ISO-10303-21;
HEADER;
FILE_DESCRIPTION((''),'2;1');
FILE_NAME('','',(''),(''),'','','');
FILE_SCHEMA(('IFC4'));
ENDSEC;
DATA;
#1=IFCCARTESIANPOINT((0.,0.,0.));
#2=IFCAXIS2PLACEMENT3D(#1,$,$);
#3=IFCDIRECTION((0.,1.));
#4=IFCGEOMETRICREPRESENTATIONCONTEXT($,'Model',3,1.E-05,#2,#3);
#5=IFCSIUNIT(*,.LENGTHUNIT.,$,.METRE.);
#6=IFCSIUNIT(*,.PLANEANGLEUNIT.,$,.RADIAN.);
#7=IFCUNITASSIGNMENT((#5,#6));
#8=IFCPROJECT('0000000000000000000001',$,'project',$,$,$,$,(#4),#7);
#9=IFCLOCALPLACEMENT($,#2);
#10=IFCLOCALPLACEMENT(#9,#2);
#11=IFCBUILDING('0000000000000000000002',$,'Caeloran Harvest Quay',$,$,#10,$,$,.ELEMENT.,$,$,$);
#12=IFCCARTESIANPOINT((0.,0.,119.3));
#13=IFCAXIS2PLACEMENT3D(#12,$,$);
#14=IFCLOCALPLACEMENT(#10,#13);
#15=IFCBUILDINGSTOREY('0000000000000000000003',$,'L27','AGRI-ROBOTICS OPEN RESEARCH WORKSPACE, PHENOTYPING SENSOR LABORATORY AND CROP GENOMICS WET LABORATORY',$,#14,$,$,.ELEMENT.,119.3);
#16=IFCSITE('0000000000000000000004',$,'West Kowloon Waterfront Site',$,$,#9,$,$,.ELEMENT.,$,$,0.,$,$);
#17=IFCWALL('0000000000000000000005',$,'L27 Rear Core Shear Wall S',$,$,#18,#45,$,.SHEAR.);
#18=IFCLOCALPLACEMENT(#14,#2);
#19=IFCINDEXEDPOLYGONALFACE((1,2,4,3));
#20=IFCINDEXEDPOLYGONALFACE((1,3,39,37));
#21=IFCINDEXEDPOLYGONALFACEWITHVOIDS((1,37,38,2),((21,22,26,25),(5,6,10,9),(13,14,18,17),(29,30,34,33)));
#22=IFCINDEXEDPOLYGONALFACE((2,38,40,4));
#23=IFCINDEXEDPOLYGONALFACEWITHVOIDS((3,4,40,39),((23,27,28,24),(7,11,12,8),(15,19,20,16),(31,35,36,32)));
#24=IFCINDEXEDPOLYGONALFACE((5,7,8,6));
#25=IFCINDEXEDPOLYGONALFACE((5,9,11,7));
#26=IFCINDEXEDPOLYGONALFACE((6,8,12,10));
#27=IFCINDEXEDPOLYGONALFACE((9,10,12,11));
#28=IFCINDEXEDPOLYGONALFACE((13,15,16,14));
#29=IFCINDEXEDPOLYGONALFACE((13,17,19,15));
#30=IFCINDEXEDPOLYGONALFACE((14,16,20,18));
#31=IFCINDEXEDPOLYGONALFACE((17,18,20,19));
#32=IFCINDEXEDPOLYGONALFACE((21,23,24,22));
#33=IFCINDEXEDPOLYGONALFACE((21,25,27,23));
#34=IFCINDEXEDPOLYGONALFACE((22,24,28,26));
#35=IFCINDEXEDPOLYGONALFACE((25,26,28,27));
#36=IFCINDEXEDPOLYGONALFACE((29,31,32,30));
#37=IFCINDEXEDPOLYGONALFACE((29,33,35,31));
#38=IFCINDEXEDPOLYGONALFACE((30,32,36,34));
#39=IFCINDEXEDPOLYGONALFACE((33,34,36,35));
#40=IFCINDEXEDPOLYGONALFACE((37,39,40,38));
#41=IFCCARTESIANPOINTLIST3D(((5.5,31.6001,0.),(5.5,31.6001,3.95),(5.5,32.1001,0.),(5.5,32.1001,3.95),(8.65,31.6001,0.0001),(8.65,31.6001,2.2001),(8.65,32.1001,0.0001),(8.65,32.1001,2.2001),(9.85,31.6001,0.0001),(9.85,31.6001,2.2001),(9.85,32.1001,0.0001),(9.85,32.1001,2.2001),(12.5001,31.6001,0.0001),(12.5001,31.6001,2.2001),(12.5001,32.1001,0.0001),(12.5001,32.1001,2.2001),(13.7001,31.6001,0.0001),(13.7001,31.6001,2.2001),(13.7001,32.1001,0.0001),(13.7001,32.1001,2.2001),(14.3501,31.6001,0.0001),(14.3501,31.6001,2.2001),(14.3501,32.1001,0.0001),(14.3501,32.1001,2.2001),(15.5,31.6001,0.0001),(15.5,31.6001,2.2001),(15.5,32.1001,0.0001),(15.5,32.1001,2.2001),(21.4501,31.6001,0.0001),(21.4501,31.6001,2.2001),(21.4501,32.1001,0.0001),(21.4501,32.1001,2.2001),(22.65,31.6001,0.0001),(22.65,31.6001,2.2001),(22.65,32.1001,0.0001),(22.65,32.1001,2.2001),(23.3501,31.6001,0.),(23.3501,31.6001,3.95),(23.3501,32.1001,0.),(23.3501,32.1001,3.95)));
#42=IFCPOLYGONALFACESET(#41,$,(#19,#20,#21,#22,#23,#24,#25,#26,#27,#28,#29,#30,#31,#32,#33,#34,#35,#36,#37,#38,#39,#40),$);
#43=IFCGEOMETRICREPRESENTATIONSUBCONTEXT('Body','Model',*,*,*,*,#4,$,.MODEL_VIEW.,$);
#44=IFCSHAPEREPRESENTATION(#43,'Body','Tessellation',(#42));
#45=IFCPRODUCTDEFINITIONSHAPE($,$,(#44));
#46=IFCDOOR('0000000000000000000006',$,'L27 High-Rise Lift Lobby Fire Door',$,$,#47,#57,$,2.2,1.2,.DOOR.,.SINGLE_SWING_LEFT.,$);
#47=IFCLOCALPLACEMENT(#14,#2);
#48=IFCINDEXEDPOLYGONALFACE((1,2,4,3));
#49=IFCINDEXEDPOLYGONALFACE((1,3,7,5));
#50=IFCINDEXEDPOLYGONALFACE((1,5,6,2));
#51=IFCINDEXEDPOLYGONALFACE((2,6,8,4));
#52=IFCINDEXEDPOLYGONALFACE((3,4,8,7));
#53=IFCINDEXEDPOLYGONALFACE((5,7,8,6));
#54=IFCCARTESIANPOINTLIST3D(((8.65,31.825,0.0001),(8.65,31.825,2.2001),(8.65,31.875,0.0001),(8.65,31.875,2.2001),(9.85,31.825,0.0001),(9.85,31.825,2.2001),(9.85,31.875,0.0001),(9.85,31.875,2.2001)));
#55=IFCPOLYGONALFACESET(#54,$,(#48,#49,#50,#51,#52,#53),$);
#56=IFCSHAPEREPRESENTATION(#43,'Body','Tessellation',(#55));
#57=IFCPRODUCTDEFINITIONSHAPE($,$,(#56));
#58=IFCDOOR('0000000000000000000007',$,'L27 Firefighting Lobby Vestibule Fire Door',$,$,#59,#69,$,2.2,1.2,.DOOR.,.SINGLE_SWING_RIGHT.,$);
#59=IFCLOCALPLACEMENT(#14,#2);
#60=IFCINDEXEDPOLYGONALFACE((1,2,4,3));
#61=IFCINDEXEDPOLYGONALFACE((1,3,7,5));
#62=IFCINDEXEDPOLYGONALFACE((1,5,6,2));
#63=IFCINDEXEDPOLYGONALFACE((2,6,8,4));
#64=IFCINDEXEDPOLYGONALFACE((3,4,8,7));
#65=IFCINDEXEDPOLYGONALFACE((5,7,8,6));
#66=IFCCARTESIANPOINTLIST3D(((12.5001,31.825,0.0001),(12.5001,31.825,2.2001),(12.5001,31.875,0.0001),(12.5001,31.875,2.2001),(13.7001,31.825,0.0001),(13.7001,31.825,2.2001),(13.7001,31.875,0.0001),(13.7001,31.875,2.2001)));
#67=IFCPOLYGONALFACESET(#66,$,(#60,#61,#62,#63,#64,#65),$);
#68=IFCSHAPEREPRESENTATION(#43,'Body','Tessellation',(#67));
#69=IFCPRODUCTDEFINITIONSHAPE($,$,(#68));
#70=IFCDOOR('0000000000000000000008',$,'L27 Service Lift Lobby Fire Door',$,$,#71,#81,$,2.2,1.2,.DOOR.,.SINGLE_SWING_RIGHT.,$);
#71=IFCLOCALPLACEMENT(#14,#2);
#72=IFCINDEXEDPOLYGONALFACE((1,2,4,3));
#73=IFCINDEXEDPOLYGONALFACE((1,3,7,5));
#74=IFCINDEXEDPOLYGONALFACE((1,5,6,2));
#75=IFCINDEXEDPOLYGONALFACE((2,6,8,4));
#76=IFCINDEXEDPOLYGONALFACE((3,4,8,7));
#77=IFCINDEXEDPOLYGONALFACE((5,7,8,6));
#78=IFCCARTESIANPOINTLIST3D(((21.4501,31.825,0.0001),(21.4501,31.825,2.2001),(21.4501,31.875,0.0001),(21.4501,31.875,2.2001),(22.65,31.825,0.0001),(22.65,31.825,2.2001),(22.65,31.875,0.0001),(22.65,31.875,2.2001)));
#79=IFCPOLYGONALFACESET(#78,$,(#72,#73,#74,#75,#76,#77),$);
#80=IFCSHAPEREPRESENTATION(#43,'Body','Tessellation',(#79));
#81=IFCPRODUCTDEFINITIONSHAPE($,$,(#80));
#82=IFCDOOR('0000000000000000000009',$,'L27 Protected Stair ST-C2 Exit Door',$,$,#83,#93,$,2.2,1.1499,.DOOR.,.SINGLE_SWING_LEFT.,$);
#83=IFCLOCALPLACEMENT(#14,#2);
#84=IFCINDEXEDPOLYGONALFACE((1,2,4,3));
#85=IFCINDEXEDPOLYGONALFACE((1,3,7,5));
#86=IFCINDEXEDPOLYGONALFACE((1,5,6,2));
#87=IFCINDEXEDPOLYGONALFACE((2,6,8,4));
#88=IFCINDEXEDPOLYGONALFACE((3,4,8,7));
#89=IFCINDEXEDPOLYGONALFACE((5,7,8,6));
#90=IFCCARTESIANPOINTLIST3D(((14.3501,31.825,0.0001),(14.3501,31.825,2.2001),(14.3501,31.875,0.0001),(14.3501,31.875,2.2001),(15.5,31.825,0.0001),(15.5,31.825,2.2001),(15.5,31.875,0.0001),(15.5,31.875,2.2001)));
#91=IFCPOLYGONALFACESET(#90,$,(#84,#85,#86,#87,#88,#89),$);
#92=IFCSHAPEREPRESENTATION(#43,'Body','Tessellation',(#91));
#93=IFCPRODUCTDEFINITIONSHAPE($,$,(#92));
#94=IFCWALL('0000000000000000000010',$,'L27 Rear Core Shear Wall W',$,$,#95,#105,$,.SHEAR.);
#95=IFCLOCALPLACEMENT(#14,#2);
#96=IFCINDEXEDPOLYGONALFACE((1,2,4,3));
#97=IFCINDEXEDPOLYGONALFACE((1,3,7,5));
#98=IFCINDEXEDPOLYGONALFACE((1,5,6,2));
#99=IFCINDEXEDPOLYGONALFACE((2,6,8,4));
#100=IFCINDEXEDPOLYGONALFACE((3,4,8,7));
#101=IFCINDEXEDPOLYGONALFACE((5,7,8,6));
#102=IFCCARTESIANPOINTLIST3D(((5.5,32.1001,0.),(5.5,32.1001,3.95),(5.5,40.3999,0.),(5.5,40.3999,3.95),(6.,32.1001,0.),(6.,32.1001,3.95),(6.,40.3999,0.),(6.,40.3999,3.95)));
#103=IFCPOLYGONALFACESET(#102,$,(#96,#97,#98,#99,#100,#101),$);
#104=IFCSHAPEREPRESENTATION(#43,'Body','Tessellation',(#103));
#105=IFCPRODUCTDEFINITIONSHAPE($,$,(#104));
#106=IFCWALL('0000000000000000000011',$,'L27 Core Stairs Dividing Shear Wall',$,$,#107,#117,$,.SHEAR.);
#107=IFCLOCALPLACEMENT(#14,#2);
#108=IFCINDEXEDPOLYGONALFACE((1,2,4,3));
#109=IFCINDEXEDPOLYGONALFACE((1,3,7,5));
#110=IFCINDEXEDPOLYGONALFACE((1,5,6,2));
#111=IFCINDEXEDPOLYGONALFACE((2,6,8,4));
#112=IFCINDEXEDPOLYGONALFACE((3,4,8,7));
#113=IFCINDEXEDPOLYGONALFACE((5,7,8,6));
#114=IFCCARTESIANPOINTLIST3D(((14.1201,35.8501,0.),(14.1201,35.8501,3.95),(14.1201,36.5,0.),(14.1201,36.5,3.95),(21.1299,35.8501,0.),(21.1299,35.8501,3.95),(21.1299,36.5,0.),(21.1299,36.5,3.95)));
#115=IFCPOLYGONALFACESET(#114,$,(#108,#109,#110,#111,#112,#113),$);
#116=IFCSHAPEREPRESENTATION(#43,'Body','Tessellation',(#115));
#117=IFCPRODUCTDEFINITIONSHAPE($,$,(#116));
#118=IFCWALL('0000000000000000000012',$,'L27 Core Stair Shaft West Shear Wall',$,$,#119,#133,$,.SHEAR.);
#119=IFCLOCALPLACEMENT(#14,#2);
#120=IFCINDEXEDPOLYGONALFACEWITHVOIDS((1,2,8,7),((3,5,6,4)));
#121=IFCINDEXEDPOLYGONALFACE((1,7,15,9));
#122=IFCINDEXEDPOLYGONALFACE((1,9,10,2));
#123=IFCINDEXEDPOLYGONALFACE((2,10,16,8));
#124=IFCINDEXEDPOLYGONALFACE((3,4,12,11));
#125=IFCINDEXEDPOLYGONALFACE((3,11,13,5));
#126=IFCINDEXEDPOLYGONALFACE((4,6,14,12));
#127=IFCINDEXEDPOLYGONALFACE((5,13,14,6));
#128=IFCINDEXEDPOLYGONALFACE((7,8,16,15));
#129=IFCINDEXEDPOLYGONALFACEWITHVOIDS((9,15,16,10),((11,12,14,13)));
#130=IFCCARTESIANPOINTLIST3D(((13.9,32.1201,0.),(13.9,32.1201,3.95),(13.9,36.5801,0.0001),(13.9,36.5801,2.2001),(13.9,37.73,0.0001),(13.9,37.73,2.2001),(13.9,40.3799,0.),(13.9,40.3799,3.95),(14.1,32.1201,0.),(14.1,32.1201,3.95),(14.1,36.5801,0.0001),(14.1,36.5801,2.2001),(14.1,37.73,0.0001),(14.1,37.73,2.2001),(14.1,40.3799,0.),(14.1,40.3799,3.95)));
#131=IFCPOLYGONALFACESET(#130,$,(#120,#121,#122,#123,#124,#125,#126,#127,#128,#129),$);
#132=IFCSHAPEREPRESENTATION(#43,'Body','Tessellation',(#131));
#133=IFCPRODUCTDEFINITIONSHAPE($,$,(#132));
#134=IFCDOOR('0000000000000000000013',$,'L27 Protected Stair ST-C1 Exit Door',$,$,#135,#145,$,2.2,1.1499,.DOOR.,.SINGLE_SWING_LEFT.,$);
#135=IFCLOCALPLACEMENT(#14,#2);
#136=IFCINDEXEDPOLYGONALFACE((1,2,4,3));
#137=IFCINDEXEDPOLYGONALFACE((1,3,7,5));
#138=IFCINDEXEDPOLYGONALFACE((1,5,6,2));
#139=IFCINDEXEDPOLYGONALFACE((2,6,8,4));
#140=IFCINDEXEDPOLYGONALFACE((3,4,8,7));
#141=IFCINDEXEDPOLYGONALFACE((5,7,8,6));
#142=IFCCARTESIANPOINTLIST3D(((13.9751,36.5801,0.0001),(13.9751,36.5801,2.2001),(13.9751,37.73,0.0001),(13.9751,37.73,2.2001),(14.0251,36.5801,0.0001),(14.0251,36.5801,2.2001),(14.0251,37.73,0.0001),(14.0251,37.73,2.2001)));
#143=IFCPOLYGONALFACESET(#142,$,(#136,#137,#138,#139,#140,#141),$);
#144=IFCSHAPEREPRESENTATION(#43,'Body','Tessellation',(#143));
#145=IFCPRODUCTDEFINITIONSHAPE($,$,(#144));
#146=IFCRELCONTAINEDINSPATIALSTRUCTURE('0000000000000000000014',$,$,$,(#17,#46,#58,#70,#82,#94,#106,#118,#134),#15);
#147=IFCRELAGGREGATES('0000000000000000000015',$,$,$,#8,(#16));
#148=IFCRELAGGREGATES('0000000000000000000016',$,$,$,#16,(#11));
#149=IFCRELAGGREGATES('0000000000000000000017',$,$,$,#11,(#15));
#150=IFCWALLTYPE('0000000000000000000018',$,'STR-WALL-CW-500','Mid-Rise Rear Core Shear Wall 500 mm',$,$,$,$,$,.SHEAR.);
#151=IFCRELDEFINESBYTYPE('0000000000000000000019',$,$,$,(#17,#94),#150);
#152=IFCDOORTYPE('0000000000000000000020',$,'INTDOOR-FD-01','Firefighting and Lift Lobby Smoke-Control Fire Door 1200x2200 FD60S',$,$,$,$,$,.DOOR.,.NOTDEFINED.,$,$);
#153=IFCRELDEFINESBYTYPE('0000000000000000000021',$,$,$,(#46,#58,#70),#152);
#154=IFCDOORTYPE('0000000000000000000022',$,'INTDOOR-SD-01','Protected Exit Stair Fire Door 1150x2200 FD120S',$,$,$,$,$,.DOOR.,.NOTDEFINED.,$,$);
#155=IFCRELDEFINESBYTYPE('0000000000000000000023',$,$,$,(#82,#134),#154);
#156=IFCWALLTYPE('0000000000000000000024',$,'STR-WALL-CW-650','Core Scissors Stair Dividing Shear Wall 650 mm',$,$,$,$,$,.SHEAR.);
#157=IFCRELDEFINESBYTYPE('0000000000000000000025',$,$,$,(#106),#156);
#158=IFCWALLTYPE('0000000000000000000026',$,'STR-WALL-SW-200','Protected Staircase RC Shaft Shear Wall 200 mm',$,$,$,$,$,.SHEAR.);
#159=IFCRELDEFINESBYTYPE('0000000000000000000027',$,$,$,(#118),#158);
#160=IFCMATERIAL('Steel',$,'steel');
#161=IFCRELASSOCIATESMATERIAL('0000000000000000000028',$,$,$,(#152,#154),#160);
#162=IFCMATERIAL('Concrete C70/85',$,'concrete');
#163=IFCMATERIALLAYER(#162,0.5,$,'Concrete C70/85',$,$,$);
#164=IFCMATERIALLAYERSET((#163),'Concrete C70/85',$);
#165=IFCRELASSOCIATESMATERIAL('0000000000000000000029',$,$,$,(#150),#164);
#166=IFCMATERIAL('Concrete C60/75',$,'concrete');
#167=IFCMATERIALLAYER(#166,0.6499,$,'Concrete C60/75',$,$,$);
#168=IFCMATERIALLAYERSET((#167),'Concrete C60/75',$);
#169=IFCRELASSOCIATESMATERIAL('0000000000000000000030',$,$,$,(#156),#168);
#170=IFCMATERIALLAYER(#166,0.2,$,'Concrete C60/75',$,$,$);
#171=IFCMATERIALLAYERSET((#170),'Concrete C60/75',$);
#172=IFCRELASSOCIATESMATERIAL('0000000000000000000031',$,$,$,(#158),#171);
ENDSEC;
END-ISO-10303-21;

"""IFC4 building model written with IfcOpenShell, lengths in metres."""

from ifc_helpers import new_model, si_unit, direction, frame, frame_2d, origin, place, context, subcontext, project, spatial, rectangle, extrude, material, layer, layer_set, type_object, element, fill, save


model = new_model("IFC4")

# Units and contexts
model_context = context("Model", 3, precision=1e-05, world=origin(), true_north=direction((0.0, 1.0)))
body_context = subcontext(model_context, "Body", "Model", "MODEL_VIEW")
ifc_project = project(units=[si_unit("LENGTHUNIT", "METRE"), si_unit("PLANEANGLEUNIT", "RADIAN")], contexts=[model_context])

# Site, building, storey
site_placement = place(None, origin())
site = spatial("IfcSite", under=ifc_project, at=site_placement, Name="West Kowloon Waterfront Site", CompositionType="ELEMENT", RefElevation=0.0)
building_placement = place(site_placement, origin())
building = spatial("IfcBuilding", under=site, at=building_placement, Name="Caeloran Harvest Quay", CompositionType="ELEMENT")
storey_placement = place(building_placement, frame((0.0, 0.0, 119.3)))
storey = spatial("IfcBuildingStorey", under=building, at=storey_placement, Name="L27", Description="AGRI-ROBOTICS OPEN RESEARCH WORKSPACE, PHENOTYPING SENSOR LABORATORY AND CROP GENOMICS WET LABORATORY", CompositionType="ELEMENT", Elevation=119.3)

# Shared definitions
ifc_material_1 = material(Name="Concrete C70/85", Category="concrete")

# Shared definitions
ifc_material_2 = material(Name="Concrete C60/75", Category="concrete")

# Shared definitions
ifc_material_3 = material(Name="Steel", Category="steel")
door_type_1 = type_object("IfcDoorType", Name="INTDOOR-FD-01", Description="Firefighting and Lift Lobby Smoke-Control Fire Door 1200x2200 FD60S", OperationType="NOTDEFINED", PredefinedType="DOOR", material=ifc_material_3)

# Wall, openings, doors
ifc_layer_1 = layer(ifc_material_1, 0.5, Name="Concrete C70/85")
ifc_layer_set_1 = layer_set([ifc_layer_1], Name="Concrete C70/85")
wall_type_1 = type_object("IfcWallType", Name="STR-WALL-CW-500", Description="Mid-Rise Rear Core Shear Wall 500 mm", PredefinedType="SHEAR", material=ifc_layer_set_1)
wall_1_placement = place(storey_placement, frame((5.5, 31.8501, 0.0), z_axis=(0.0, 0.0, 1.0), x_axis=(1.0, 0.0, 0.0)))
wall_1 = element("IfcWall", 1, at=wall_1_placement, inside=storey, type_object=wall_type_1, Name="L27 Rear Core Shear Wall S", PredefinedType="SHEAR", context=body_context, shape_type="SweptSolid", body=[
    extrude(rectangle(XDim=17.8501, YDim=0.5, at=frame_2d((8.925, 0.0))), origin(), (0.0, 0.0, 1.0), 3.95),
])
opening_1_placement = place(wall_1_placement, frame((3.1499, 0.0, 0.0)))
opening_1 = element("IfcOpeningElement", 2, at=opening_1_placement, cuts=wall_1, PredefinedType="OPENING", context=body_context, shape_type="SweptSolid", body=[
    extrude(rectangle(XDim=1.2, YDim=2.2, at=frame_2d((0.6001, 1.1001))), frame((0.0, 0.26, 0.0), z_axis=(0.0, -1.0, 0.0), x_axis=(1.0, 0.0, 0.0)), (0.0, 0.0, 1.0), 0.52),
])
opening_2_placement = place(wall_1_placement, frame((7.0, 0.0, 0.0)))
opening_2 = element("IfcOpeningElement", 3, at=opening_2_placement, cuts=wall_1, PredefinedType="OPENING", context=body_context, shape_type="SweptSolid", body=[
    extrude(rectangle(XDim=1.2, YDim=2.2, at=frame_2d((0.6001, 1.1001))), frame((0.0, 0.26, 0.0), z_axis=(0.0, -1.0, 0.0), x_axis=(1.0, 0.0, 0.0)), (0.0, 0.0, 1.0), 0.52),
])
opening_3_placement = place(wall_1_placement, frame((8.8501, 0.0, 0.0)))
opening_3 = element("IfcOpeningElement", 4, at=opening_3_placement, cuts=wall_1, PredefinedType="OPENING", context=body_context, shape_type="SweptSolid", body=[
    extrude(rectangle(XDim=1.1499, YDim=2.2, at=frame_2d((0.575, 1.1001))), frame((0.0, 0.26, 0.0), z_axis=(0.0, -1.0, 0.0), x_axis=(1.0, 0.0, 0.0)), (0.0, 0.0, 1.0), 0.52),
])
opening_4_placement = place(wall_1_placement, frame((15.95, 0.0, 0.0)))
opening_4 = element("IfcOpeningElement", 5, at=opening_4_placement, cuts=wall_1, PredefinedType="OPENING", context=body_context, shape_type="SweptSolid", body=[
    extrude(rectangle(XDim=1.2, YDim=2.2, at=frame_2d((0.6001, 1.1001))), frame((0.0, 0.26, 0.0), z_axis=(0.0, -1.0, 0.0), x_axis=(1.0, 0.0, 0.0)), (0.0, 0.0, 1.0), 0.52),
])
door_1_placement = place(opening_1_placement, origin())
door_1 = element("IfcDoor", 6, at=door_1_placement, inside=storey, type_object=door_type_1, Name="L27 High-Rise Lift Lobby Fire Door", OperationType="SINGLE_SWING_LEFT", OverallHeight=2.2, OverallWidth=1.2, PredefinedType="DOOR", context=body_context, shape_type="SweptSolid", body=[
    extrude(rectangle(XDim=1.2, YDim=2.2, at=frame_2d((0.6001, 1.1001))), frame((0.0, 0.0249, 0.0), z_axis=(0.0, -1.0, 0.0), x_axis=(1.0, 0.0, 0.0)), (0.0, 0.0, 1.0), 0.05),
])
fill(opening_1, door_1)
door_2_placement = place(opening_2_placement, origin())
door_2 = element("IfcDoor", 7, at=door_2_placement, inside=storey, type_object=door_type_1, Name="L27 Firefighting Lobby Vestibule Fire Door", OperationType="SINGLE_SWING_RIGHT", OverallHeight=2.2, OverallWidth=1.2, PredefinedType="DOOR", context=body_context, shape_type="SweptSolid", body=[
    extrude(rectangle(XDim=1.2, YDim=2.2, at=frame_2d((0.6001, 1.1001))), frame((0.0, 0.0249, 0.0), z_axis=(0.0, -1.0, 0.0), x_axis=(1.0, 0.0, 0.0)), (0.0, 0.0, 1.0), 0.05),
])
fill(opening_2, door_2)
door_3_placement = place(opening_4_placement, origin())
door_3 = element("IfcDoor", 8, at=door_3_placement, inside=storey, type_object=door_type_1, Name="L27 Service Lift Lobby Fire Door", OperationType="SINGLE_SWING_RIGHT", OverallHeight=2.2, OverallWidth=1.2, PredefinedType="DOOR", context=body_context, shape_type="SweptSolid", body=[
    extrude(rectangle(XDim=1.2, YDim=2.2, at=frame_2d((0.6001, 1.1001))), frame((0.0, 0.0249, 0.0), z_axis=(0.0, -1.0, 0.0), x_axis=(1.0, 0.0, 0.0)), (0.0, 0.0, 1.0), 0.05),
])
fill(opening_4, door_3)
door_type_2 = type_object("IfcDoorType", Name="INTDOOR-SD-01", Description="Protected Exit Stair Fire Door 1150x2200 FD120S", OperationType="NOTDEFINED", PredefinedType="DOOR", material=ifc_material_3)
door_4_placement = place(opening_3_placement, origin())
door_4 = element("IfcDoor", 9, at=door_4_placement, inside=storey, type_object=door_type_2, Name="L27 Protected Stair ST-C2 Exit Door", OperationType="SINGLE_SWING_LEFT", OverallHeight=2.2, OverallWidth=1.1499, PredefinedType="DOOR", context=body_context, shape_type="SweptSolid", body=[
    extrude(rectangle(XDim=1.1499, YDim=2.2, at=frame_2d((0.575, 1.1001))), frame((0.0, 0.0249, 0.0), z_axis=(0.0, -1.0, 0.0), x_axis=(1.0, 0.0, 0.0)), (0.0, 0.0, 1.0), 0.05),
])
fill(opening_3, door_4)

# Walls
wall_2_placement = place(storey_placement, frame((5.75, 32.1001, 0.0), z_axis=(0.0, 0.0, 1.0), x_axis=(0.0, 1.0, 0.0)))
element("IfcWall", 10, at=wall_2_placement, inside=storey, type_object=wall_type_1, Name="L27 Rear Core Shear Wall W", PredefinedType="SHEAR", context=body_context, shape_type="SweptSolid", body=[
    extrude(rectangle(XDim=8.2998, YDim=0.5, at=frame_2d((4.1499, 0.0))), origin(), (0.0, 0.0, 1.0), 3.95),
])
ifc_layer_2 = layer(ifc_material_2, 0.6499, Name="Concrete C60/75")
ifc_layer_set_2 = layer_set([ifc_layer_2], Name="Concrete C60/75")
wall_type_2 = type_object("IfcWallType", Name="STR-WALL-CW-650", Description="Core Scissors Stair Dividing Shear Wall 650 mm", PredefinedType="SHEAR", material=ifc_layer_set_2)
wall_3_placement = place(storey_placement, frame((14.1201, 36.175, 0.0), z_axis=(0.0, 0.0, 1.0), x_axis=(1.0, 0.0, 0.0)))
element("IfcWall", 11, at=wall_3_placement, inside=storey, type_object=wall_type_2, Name="L27 Core Stairs Dividing Shear Wall", PredefinedType="SHEAR", context=body_context, shape_type="SweptSolid", body=[
    extrude(rectangle(XDim=7.0098, YDim=0.6499, at=frame_2d((3.5049, 0.0))), origin(), (0.0, 0.0, 1.0), 3.95),
])

# Wall, opening, door
ifc_layer_3 = layer(ifc_material_2, 0.2, Name="Concrete C60/75")
ifc_layer_set_3 = layer_set([ifc_layer_3], Name="Concrete C60/75")
wall_type_3 = type_object("IfcWallType", Name="STR-WALL-SW-200", Description="Protected Staircase RC Shaft Shear Wall 200 mm", PredefinedType="SHEAR", material=ifc_layer_set_3)
wall_4_placement = place(storey_placement, frame((14.0, 32.1201, 0.0), z_axis=(0.0, 0.0, 1.0), x_axis=(0.0, 1.0, 0.0)))
wall_4 = element("IfcWall", 12, at=wall_4_placement, inside=storey, type_object=wall_type_3, Name="L27 Core Stair Shaft West Shear Wall", PredefinedType="SHEAR", context=body_context, shape_type="SweptSolid", body=[
    extrude(rectangle(XDim=8.2598, YDim=0.2, at=frame_2d((4.1299, 0.0))), origin(), (0.0, 0.0, 1.0), 3.95),
])
opening_5_placement = place(wall_4_placement, frame((4.46, 0.0, 0.0)))
opening_5 = element("IfcOpeningElement", 13, at=opening_5_placement, cuts=wall_4, PredefinedType="OPENING", context=body_context, shape_type="SweptSolid", body=[
    extrude(rectangle(XDim=1.1499, YDim=2.2, at=frame_2d((0.575, 1.1001))), frame((0.0, 0.1099, 0.0), z_axis=(0.0, -1.0, 0.0), x_axis=(1.0, 0.0, 0.0)), (0.0, 0.0, 1.0), 0.22),
])
door_5_placement = place(opening_5_placement, origin())
door_5 = element("IfcDoor", 14, at=door_5_placement, inside=storey, type_object=door_type_2, Name="L27 Protected Stair ST-C1 Exit Door", OperationType="SINGLE_SWING_LEFT", OverallHeight=2.2, OverallWidth=1.1499, PredefinedType="DOOR", context=body_context, shape_type="SweptSolid", body=[
    extrude(rectangle(XDim=1.1499, YDim=2.2, at=frame_2d((0.575, 1.1001))), frame((0.0, 0.0249, 0.0), z_axis=(0.0, -1.0, 0.0), x_axis=(1.0, 0.0, 0.0)), (0.0, 0.0, 1.0), 0.05),
])
fill(opening_5, door_5)

save(model, "model.ifc")
